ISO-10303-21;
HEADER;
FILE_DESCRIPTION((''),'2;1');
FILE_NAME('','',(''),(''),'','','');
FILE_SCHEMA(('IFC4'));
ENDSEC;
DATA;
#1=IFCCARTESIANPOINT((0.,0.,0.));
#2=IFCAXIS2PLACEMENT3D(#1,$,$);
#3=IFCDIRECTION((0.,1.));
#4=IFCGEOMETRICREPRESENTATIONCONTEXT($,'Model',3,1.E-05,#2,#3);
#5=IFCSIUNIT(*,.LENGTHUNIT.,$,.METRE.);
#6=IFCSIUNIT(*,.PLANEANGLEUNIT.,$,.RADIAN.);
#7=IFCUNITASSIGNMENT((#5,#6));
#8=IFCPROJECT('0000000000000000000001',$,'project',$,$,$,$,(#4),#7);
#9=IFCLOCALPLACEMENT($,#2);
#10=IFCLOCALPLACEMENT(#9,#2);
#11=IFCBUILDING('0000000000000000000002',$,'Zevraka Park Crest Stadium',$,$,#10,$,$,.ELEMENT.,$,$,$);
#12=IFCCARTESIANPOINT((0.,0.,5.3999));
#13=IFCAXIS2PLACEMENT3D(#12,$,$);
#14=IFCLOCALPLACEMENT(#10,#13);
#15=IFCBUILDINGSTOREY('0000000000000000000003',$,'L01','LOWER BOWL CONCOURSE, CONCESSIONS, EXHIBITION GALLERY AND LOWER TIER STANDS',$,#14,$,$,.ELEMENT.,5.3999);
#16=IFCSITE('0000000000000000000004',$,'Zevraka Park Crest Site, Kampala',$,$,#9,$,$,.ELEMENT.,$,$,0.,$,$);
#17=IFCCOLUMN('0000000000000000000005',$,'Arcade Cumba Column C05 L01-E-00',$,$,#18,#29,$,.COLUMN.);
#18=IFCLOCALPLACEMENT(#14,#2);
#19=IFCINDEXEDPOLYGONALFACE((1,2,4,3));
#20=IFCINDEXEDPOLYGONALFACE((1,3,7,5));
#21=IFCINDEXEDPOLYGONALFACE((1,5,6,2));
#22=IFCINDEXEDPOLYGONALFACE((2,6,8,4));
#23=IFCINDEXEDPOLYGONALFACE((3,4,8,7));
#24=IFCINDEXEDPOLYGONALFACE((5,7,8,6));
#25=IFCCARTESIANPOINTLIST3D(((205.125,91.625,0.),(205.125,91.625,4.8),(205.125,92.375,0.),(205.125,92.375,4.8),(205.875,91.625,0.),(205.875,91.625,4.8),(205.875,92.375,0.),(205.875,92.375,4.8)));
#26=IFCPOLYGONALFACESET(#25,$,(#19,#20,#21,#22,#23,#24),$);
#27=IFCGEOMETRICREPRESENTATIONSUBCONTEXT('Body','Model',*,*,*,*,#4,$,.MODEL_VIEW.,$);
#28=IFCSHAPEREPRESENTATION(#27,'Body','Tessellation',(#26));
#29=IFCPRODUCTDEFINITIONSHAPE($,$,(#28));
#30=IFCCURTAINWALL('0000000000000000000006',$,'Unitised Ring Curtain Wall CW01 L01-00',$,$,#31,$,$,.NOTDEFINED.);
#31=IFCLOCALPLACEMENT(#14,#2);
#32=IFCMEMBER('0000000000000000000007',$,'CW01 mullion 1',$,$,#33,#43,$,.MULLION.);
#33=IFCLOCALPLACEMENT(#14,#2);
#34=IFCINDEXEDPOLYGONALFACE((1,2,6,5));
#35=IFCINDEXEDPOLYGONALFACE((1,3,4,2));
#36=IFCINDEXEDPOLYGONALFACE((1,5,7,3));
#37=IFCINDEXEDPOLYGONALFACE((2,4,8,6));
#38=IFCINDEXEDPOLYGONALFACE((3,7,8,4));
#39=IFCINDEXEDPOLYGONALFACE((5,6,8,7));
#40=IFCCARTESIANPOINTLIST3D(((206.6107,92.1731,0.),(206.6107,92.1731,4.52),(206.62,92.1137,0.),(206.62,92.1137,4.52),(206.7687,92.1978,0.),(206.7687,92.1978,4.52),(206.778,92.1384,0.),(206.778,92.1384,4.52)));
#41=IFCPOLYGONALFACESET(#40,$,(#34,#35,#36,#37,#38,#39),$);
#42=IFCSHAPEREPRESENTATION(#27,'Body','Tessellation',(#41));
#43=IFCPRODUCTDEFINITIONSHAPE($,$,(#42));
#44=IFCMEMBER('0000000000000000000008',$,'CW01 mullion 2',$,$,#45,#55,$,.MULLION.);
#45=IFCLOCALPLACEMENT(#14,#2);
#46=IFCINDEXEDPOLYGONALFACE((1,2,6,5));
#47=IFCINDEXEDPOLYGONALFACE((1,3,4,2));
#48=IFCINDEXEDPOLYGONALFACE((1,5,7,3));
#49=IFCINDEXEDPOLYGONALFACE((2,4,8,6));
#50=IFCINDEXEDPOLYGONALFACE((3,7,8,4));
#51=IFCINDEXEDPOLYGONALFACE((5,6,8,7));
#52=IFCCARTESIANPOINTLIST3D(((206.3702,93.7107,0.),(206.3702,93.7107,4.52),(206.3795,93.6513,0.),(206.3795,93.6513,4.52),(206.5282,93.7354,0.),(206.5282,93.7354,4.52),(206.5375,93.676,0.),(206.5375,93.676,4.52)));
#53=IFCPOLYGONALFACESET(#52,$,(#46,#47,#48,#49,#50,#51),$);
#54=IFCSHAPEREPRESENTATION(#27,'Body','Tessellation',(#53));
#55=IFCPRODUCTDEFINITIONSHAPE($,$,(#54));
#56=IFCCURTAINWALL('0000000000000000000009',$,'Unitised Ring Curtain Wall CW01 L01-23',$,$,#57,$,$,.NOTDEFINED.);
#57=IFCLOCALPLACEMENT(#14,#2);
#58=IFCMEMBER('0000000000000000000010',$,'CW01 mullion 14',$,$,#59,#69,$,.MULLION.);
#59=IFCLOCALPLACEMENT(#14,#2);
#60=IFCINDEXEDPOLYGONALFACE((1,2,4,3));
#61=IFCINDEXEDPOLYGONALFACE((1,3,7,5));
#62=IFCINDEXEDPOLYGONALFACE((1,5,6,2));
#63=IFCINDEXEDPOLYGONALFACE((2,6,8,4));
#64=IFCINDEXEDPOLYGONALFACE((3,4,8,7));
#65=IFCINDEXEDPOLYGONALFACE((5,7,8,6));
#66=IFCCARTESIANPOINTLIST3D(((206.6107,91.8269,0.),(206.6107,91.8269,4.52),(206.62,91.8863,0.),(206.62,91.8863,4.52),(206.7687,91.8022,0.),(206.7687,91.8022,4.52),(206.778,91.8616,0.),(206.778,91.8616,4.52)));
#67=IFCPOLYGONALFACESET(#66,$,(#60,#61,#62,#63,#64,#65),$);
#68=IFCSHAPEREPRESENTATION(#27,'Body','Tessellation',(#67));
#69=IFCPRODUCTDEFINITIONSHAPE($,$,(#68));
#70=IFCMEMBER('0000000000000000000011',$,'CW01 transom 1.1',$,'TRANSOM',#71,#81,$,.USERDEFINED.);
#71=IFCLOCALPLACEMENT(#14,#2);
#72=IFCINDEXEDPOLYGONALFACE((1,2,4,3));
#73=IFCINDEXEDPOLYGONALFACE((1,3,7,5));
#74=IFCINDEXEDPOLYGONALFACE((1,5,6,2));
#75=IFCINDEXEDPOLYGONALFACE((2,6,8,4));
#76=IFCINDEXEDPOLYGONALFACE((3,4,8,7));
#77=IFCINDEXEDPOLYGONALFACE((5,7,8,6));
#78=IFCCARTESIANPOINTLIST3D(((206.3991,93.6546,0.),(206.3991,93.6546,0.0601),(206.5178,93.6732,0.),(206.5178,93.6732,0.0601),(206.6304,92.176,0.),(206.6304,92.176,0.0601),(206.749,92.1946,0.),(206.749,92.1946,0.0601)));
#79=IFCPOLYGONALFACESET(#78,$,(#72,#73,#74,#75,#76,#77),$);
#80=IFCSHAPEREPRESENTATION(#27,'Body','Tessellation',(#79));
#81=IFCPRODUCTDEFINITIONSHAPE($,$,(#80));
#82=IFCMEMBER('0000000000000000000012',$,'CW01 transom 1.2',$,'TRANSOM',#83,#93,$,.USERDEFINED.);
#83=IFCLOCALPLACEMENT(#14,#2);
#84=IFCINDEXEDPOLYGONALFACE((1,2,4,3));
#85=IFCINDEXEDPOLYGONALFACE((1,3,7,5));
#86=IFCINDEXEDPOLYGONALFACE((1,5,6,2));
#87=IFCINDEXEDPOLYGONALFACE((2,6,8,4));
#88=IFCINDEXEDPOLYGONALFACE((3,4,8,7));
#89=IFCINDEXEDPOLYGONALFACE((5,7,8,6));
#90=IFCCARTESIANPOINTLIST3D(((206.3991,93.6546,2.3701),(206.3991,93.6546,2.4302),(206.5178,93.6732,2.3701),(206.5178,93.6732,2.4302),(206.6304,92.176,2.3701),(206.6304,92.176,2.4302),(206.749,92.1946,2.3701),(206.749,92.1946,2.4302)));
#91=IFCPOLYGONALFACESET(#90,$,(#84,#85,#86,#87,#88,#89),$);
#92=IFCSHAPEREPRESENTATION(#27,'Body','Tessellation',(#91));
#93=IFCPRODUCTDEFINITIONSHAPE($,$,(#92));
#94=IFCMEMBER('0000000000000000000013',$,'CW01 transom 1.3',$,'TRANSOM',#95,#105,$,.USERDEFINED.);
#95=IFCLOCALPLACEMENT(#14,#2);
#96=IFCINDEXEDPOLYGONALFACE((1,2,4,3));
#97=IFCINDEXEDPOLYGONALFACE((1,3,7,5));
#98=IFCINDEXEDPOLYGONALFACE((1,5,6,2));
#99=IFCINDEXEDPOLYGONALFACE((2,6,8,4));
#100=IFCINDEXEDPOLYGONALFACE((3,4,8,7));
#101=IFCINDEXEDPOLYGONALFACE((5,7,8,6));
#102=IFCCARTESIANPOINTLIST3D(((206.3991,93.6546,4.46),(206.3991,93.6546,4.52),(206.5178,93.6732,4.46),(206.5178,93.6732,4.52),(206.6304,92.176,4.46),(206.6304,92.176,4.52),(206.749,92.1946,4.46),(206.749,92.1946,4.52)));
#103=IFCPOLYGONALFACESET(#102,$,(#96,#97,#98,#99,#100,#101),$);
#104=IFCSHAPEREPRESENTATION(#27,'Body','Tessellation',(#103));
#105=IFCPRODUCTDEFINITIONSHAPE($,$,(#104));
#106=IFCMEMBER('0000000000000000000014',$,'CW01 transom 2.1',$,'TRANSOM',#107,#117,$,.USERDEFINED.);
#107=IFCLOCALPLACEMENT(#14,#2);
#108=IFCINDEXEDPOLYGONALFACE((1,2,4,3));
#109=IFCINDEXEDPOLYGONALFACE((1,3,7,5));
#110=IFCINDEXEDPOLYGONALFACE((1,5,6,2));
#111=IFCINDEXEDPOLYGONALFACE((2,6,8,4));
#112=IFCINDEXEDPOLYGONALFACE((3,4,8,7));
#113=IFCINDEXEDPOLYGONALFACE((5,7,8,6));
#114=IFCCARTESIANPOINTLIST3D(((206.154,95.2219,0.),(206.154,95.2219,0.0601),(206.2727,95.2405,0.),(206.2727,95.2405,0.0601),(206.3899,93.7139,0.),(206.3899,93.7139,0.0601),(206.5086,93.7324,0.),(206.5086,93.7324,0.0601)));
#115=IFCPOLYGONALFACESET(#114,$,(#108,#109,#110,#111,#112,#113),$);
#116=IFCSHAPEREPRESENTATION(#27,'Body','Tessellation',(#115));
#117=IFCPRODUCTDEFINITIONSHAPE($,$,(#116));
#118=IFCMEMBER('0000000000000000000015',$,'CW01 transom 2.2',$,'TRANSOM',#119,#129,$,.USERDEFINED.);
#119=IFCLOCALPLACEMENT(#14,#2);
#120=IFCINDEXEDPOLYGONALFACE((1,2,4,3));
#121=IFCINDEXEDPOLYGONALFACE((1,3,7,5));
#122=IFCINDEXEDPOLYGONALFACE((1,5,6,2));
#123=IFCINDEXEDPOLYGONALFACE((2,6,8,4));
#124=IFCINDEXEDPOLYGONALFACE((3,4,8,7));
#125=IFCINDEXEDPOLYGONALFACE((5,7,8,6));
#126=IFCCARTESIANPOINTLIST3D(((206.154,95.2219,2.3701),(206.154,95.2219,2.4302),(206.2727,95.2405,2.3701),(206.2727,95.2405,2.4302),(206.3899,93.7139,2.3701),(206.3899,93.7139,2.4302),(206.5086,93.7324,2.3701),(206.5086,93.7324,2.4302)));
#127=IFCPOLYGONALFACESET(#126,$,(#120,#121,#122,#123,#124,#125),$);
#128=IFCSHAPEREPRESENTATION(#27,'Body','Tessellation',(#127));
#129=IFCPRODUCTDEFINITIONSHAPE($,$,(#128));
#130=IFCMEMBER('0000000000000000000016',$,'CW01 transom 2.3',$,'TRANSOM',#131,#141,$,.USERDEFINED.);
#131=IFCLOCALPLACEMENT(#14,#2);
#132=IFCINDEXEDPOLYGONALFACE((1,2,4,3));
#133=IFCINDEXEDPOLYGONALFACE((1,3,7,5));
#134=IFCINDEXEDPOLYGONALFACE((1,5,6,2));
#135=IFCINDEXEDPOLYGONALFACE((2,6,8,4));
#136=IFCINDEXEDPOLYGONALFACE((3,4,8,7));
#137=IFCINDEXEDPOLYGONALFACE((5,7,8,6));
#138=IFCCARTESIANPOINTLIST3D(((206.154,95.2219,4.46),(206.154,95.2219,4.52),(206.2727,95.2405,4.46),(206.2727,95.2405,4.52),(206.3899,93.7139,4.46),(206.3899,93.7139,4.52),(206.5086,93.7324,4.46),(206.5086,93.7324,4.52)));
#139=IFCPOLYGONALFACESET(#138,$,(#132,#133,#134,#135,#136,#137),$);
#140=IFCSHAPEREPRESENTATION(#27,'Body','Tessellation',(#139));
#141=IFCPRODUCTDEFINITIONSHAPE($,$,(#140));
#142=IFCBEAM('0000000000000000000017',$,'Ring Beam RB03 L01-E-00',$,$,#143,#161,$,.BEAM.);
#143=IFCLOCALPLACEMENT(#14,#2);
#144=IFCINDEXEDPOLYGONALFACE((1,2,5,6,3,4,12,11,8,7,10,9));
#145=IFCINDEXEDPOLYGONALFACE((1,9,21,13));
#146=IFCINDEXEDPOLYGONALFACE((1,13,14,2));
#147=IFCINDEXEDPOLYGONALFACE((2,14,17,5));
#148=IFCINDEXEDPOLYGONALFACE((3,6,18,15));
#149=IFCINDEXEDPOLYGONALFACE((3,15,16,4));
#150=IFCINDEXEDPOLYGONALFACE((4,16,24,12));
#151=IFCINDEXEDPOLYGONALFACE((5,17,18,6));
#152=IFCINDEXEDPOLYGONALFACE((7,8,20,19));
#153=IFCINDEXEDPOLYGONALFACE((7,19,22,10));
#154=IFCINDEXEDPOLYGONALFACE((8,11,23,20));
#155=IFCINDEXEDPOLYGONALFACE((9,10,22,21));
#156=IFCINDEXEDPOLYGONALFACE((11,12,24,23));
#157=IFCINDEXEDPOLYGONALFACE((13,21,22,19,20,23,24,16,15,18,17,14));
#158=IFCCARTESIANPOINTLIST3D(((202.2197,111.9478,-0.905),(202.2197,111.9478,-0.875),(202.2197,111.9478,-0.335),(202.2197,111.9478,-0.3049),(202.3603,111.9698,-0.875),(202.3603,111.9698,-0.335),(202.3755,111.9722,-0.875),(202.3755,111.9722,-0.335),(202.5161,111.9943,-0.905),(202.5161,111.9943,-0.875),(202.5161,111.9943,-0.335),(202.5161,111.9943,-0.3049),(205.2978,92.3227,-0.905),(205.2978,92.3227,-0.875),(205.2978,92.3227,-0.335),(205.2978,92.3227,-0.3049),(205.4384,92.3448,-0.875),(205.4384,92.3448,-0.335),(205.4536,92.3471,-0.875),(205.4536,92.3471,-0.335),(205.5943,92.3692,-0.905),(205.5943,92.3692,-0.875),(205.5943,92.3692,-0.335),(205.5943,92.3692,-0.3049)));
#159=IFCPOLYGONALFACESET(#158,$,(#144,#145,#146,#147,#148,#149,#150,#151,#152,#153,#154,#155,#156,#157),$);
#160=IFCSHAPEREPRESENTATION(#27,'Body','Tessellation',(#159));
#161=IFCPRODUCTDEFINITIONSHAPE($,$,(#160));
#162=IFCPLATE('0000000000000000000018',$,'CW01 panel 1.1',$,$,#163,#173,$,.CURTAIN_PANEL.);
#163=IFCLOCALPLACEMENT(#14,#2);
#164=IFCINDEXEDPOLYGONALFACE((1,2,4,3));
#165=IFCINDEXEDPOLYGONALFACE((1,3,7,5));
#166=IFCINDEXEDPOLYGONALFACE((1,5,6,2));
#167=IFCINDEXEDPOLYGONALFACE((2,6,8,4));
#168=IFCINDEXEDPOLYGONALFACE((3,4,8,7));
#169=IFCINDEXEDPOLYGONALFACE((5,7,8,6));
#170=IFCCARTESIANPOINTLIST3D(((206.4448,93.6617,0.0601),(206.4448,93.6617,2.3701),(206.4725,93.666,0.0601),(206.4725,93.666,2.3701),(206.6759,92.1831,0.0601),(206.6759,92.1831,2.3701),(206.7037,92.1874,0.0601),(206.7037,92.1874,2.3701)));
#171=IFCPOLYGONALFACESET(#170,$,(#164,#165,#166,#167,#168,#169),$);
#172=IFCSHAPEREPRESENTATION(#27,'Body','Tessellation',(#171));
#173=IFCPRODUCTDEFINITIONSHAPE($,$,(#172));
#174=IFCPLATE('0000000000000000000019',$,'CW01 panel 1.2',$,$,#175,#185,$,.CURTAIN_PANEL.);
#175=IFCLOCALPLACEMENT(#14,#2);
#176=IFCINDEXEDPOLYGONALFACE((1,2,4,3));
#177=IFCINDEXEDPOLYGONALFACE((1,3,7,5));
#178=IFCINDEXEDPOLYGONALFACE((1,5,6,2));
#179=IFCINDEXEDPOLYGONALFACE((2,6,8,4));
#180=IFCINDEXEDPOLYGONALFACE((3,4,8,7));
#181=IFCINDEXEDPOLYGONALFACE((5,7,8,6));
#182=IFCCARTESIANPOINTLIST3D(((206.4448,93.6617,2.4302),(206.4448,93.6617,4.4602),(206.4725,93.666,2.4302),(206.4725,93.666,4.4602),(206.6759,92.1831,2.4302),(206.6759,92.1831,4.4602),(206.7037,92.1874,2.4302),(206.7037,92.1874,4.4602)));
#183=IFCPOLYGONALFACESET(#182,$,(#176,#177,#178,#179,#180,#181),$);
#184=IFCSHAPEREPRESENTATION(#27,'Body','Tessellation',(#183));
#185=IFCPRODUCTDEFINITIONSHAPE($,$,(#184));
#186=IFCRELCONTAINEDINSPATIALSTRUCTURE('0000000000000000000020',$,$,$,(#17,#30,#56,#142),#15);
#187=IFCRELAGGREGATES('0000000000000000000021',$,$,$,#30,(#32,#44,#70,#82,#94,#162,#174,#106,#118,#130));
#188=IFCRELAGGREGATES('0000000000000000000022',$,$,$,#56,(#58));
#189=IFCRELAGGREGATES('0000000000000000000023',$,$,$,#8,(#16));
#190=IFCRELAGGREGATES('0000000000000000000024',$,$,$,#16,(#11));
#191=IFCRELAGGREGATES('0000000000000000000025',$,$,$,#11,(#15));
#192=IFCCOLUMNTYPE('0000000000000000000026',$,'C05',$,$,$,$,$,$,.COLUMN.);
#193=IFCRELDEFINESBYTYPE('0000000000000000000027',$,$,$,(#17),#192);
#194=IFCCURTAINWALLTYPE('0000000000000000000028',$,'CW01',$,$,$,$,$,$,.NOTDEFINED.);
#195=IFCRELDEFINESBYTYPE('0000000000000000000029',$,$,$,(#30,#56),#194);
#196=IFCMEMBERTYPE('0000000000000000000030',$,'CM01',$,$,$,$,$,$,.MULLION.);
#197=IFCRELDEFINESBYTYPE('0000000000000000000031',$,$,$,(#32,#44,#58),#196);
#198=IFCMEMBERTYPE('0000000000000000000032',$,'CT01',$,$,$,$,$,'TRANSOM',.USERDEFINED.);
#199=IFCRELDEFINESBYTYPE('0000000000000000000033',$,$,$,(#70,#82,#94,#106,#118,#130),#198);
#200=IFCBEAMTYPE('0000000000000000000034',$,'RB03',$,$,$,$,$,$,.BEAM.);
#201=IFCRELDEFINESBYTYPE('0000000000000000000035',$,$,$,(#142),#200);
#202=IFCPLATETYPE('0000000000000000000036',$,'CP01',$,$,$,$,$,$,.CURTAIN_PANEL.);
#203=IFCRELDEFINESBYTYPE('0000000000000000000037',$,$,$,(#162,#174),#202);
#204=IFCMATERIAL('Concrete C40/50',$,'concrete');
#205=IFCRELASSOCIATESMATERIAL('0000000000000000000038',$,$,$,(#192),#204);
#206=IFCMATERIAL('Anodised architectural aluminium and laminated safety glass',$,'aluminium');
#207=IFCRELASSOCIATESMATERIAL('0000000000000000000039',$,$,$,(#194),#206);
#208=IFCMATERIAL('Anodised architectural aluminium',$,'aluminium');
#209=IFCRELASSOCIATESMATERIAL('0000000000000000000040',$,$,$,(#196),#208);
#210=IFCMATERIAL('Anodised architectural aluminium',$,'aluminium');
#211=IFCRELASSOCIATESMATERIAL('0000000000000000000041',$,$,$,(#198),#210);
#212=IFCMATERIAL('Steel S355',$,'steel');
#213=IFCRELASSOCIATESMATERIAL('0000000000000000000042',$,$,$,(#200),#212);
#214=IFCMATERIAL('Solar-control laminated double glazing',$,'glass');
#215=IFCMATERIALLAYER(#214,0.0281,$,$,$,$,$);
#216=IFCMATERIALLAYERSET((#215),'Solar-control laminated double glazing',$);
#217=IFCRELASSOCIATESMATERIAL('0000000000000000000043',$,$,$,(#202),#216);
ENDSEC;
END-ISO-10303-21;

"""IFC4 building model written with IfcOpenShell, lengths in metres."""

from ifc_helpers import new_model, si_unit, direction, frame, origin, origin_2d, place, context, subcontext, project, spatial, rectangle, i_section, extrude, material, layer, layer_set, material_profile, profile_set, type_object, element, aggregate, save


model = new_model("IFC4")

# Units and contexts
model_context = context("Model", 3, precision=1e-05, world=origin(), true_north=direction((0.0, 1.0)))
body_context = subcontext(model_context, "Body", "Model", "MODEL_VIEW")
ifc_project = project(units=[si_unit("LENGTHUNIT", "METRE"), si_unit("PLANEANGLEUNIT", "RADIAN")], contexts=[model_context])

# Site, building, storey
site_placement = place(None, origin())
site = spatial("IfcSite", under=ifc_project, at=site_placement, Name="Zevraka Park Crest Site, Kampala", CompositionType="ELEMENT", RefElevation=0.0)
building_placement = place(site_placement, origin())
building = spatial("IfcBuilding", under=site, at=building_placement, Name="Zevraka Park Crest Stadium", CompositionType="ELEMENT")
storey_placement = place(building_placement, frame((0.0, 0.0, 5.3999)))
storey = spatial("IfcBuildingStorey", under=building, at=storey_placement, Name="L01", Description="LOWER BOWL CONCOURSE, CONCESSIONS, EXHIBITION GALLERY AND LOWER TIER STANDS", CompositionType="ELEMENT", Elevation=5.3999)

# Column
ifc_material_1 = material(Name="Concrete C40/50", Category="concrete")
ifc_material_profile_1 = material_profile(ifc_material_1, rectangle(XDim=0.75, YDim=0.75, at=origin_2d()), Name="RC 750x750")
ifc_profile_set_1 = profile_set([ifc_material_profile_1], Name="Concrete C40/50")
column_type = type_object("IfcColumnType", Name="C05", PredefinedType="COLUMN", material=ifc_profile_set_1)
column_placement = place(storey_placement, frame((205.5, 92.0, 0.0), z_axis=(0.0, 0.0, 1.0), x_axis=(1.0, 0.0, 0.0)))
element("IfcColumn", 1, at=column_placement, inside=storey, type_object=column_type, Name="Arcade Cumba Column C05 L01-E-00", PredefinedType="COLUMN", context=body_context, shape_type="SweptSolid", body=[
    extrude(rectangle(XDim=0.75, YDim=0.75, at=origin_2d()), origin(), (0.0, 0.0, 1.0), 4.8),
])

# Curtain wall, members
ifc_material_2 = material(Name="Anodised architectural aluminium and laminated safety glass", Category="aluminium")
curtain_wall_type = type_object("IfcCurtainWallType", Name="CW01", PredefinedType="NOTDEFINED", material=ifc_material_2)
curtain_wall_1_placement = place(storey_placement, origin())
curtain_wall_1 = element("IfcCurtainWall", 2, at=curtain_wall_1_placement, inside=storey, type_object=curtain_wall_type, Name="Unitised Ring Curtain Wall CW01 L01-00", PredefinedType="NOTDEFINED")
ifc_material_3 = material(Name="Anodised architectural aluminium", Category="aluminium")
ifc_material_profile_2 = material_profile(ifc_material_3, rectangle(XDim=0.1599, YDim=0.0601, at=origin_2d()), Name="ALU MULLION 160x60")
ifc_profile_set_2 = profile_set([ifc_material_profile_2], Name="Anodised architectural aluminium")
member_type_1 = type_object("IfcMemberType", Name="CM01", PredefinedType="MULLION", material=ifc_profile_set_2)
member_1_placement = place(storey_placement, frame((206.6943, 92.1558, 0.0), z_axis=(0.0, 0.0, 1.0), x_axis=(-0.987997, -0.154476, 0.0)))
member_1 = element("IfcMember", 3, at=member_1_placement, type_object=member_type_1, Name="CW01 mullion 1", PredefinedType="MULLION", context=body_context, shape_type="SweptSolid", body=[
    extrude(rectangle(XDim=0.1599, YDim=0.0601, at=origin_2d()), origin(), (0.0, 0.0, 1.0), 4.52),
])
member_2_placement = place(storey_placement, frame((206.4539, 93.6934, 0.0), z_axis=(0.0, 0.0, 1.0), x_axis=(-0.987997, -0.154476, 0.0)))
member_2 = element("IfcMember", 4, at=member_2_placement, type_object=member_type_1, Name="CW01 mullion 2", PredefinedType="MULLION", context=body_context, shape_type="SweptSolid", body=[
    extrude(rectangle(XDim=0.1599, YDim=0.0601, at=origin_2d()), origin(), (0.0, 0.0, 1.0), 4.52),
])

# Curtain wall, member
curtain_wall_2_placement = place(storey_placement, origin())
curtain_wall_2 = element("IfcCurtainWall", 5, at=curtain_wall_2_placement, inside=storey, type_object=curtain_wall_type, Name="Unitised Ring Curtain Wall CW01 L01-23", PredefinedType="NOTDEFINED")
member_3_placement = place(storey_placement, frame((206.6943, 91.8442, 0.0), z_axis=(0.0, 0.0, 1.0), x_axis=(-0.987997, 0.154476, 0.0)))
member_3 = element("IfcMember", 6, at=member_3_placement, type_object=member_type_1, Name="CW01 mullion 14", PredefinedType="MULLION", context=body_context, shape_type="SweptSolid", body=[
    extrude(rectangle(XDim=0.1599, YDim=0.0601, at=origin_2d()), origin(), (0.0, 0.0, 1.0), 4.52),
])

# Members
ifc_material_4 = material(Name="Anodised architectural aluminium", Category="aluminium")
ifc_material_profile_3 = material_profile(ifc_material_4, rectangle(XDim=0.1201, YDim=0.0601, at=origin_2d()), Name="ALU TRANSOM 120x60")
ifc_profile_set_3 = profile_set([ifc_material_profile_3], Name="Anodised architectural aluminium")
member_type_2 = type_object("IfcMemberType", Name="CT01", ElementType="TRANSOM", PredefinedType="USERDEFINED", material=ifc_profile_set_3)
member_4_placement = place(storey_placement, frame((206.6897, 92.1853, 0.03), z_axis=(-0.154496, 0.987993, 0.0), x_axis=(-0.987993, -0.154496, 0.0)))
member_4 = element("IfcMember", 7, at=member_4_placement, type_object=member_type_2, Name="CW01 transom 1.1", ObjectType="TRANSOM", PredefinedType="USERDEFINED", context=body_context, shape_type="SweptSolid", body=[
    extrude(rectangle(XDim=0.1201, YDim=0.0601, at=origin_2d()), origin(), (0.0, 0.0, 1.0), 1.4966),
])
member_5_placement = place(storey_placement, frame((206.6897, 92.1853, 2.4001), z_axis=(-0.154496, 0.987993, 0.0), x_axis=(-0.987993, -0.154496, 0.0)))
member_5 = element("IfcMember", 8, at=member_5_placement, type_object=member_type_2, Name="CW01 transom 1.2", ObjectType="TRANSOM", PredefinedType="USERDEFINED", context=body_context, shape_type="SweptSolid", body=[
    extrude(rectangle(XDim=0.1201, YDim=0.0601, at=origin_2d()), origin(), (0.0, 0.0, 1.0), 1.4966),
])
member_6_placement = place(storey_placement, frame((206.6897, 92.1853, 4.49), z_axis=(-0.154496, 0.987993, 0.0), x_axis=(-0.987993, -0.154496, 0.0)))
member_6 = element("IfcMember", 9, at=member_6_placement, type_object=member_type_2, Name="CW01 transom 1.3", ObjectType="TRANSOM", PredefinedType="USERDEFINED", context=body_context, shape_type="SweptSolid", body=[
    extrude(rectangle(XDim=0.1201, YDim=0.0601, at=origin_2d()), origin(), (0.0, 0.0, 1.0), 1.4966),
])
member_7_placement = place(storey_placement, frame((206.4492, 93.7231, 0.03), z_axis=(-0.154509, 0.987991, 0.0), x_axis=(-0.987991, -0.154509, 0.0)))
member_7 = element("IfcMember", 10, at=member_7_placement, type_object=member_type_2, Name="CW01 transom 2.1", ObjectType="TRANSOM", PredefinedType="USERDEFINED", context=body_context, shape_type="SweptSolid", body=[
    extrude(rectangle(XDim=0.1201, YDim=0.0601, at=origin_2d()), origin(), (0.0, 0.0, 1.0), 1.5264),
])
member_8_placement = place(storey_placement, frame((206.4492, 93.7231, 2.4001), z_axis=(-0.154509, 0.987991, 0.0), x_axis=(-0.987991, -0.154509, 0.0)))
member_8 = element("IfcMember", 11, at=member_8_placement, type_object=member_type_2, Name="CW01 transom 2.2", ObjectType="TRANSOM", PredefinedType="USERDEFINED", context=body_context, shape_type="SweptSolid", body=[
    extrude(rectangle(XDim=0.1201, YDim=0.0601, at=origin_2d()), origin(), (0.0, 0.0, 1.0), 1.5264),
])
member_9_placement = place(storey_placement, frame((206.4492, 93.7231, 4.49), z_axis=(-0.154509, 0.987991, 0.0), x_axis=(-0.987991, -0.154509, 0.0)))
member_9 = element("IfcMember", 12, at=member_9_placement, type_object=member_type_2, Name="CW01 transom 2.3", ObjectType="TRANSOM", PredefinedType="USERDEFINED", context=body_context, shape_type="SweptSolid", body=[
    extrude(rectangle(XDim=0.1201, YDim=0.0601, at=origin_2d()), origin(), (0.0, 0.0, 1.0), 1.5264),
])

# Beam
ifc_material_5 = material(Name="Steel S355", Category="steel")
ifc_material_profile_4 = material_profile(ifc_material_5, i_section(OverallWidth=0.3, OverallDepth=0.6001, WebThickness=0.0154, FlangeThickness=0.03, at=origin_2d()), Name="HEB 600")
ifc_profile_set_4 = profile_set([ifc_material_profile_4], Name="Steel S355")
beam_type = type_object("IfcBeamType", Name="RB03", PredefinedType="BEAM", material=ifc_profile_set_4)
beam_placement = place(storey_placement, frame((205.446, 92.3459, -0.605), z_axis=(-0.154953, 0.987922, 0.0), x_axis=(-0.987922, -0.154953, 0.0)))
element("IfcBeam", 13, at=beam_placement, inside=storey, type_object=beam_type, Name="Ring Beam RB03 L01-E-00", PredefinedType="BEAM", context=body_context, shape_type="SweptSolid", body=[
    extrude(i_section(OverallWidth=0.3, OverallDepth=0.6001, WebThickness=0.0154, FlangeThickness=0.03, at=origin_2d()), origin(), (0.0, 0.0, 1.0), 19.865),
])

# Plates
ifc_material_6 = material(Name="Solar-control laminated double glazing", Category="glass")
ifc_layer_1 = layer(ifc_material_6, 0.0281)
ifc_layer_set_1 = layer_set([ifc_layer_1], Name="Solar-control laminated double glazing")
plate_type = type_object("IfcPlateType", Name="CP01", PredefinedType="CURTAIN_PANEL", material=ifc_layer_set_1)
plate_1_placement = place(storey_placement, frame((206.5742, 92.9246, 0.0601), z_axis=(0.0, 0.0, 1.0), x_axis=(-0.154476, 0.987997, 0.0)))
plate_1 = element("IfcPlate", 14, at=plate_1_placement, type_object=plate_type, Name="CW01 panel 1.1", PredefinedType="CURTAIN_PANEL", context=body_context, shape_type="SweptSolid", body=[
    extrude(rectangle(XDim=1.4966, YDim=0.0281, at=origin_2d()), origin(), (0.0, 0.0, 1.0), 2.3101),
])
plate_2_placement = place(storey_placement, frame((206.5742, 92.9246, 2.4302), z_axis=(0.0, 0.0, 1.0), x_axis=(-0.154476, 0.987997, 0.0)))
plate_2 = element("IfcPlate", 15, at=plate_2_placement, type_object=plate_type, Name="CW01 panel 1.2", PredefinedType="CURTAIN_PANEL", context=body_context, shape_type="SweptSolid", body=[
    extrude(rectangle(XDim=1.4966, YDim=0.0281, at=origin_2d()), origin(), (0.0, 0.0, 1.0), 2.03),
])
aggregate(curtain_wall_1, [member_1, member_2, member_4, member_5, member_6, plate_1, plate_2, member_7, member_8, member_9])
aggregate(curtain_wall_2, [member_3])

save(model, "model.ifc")
